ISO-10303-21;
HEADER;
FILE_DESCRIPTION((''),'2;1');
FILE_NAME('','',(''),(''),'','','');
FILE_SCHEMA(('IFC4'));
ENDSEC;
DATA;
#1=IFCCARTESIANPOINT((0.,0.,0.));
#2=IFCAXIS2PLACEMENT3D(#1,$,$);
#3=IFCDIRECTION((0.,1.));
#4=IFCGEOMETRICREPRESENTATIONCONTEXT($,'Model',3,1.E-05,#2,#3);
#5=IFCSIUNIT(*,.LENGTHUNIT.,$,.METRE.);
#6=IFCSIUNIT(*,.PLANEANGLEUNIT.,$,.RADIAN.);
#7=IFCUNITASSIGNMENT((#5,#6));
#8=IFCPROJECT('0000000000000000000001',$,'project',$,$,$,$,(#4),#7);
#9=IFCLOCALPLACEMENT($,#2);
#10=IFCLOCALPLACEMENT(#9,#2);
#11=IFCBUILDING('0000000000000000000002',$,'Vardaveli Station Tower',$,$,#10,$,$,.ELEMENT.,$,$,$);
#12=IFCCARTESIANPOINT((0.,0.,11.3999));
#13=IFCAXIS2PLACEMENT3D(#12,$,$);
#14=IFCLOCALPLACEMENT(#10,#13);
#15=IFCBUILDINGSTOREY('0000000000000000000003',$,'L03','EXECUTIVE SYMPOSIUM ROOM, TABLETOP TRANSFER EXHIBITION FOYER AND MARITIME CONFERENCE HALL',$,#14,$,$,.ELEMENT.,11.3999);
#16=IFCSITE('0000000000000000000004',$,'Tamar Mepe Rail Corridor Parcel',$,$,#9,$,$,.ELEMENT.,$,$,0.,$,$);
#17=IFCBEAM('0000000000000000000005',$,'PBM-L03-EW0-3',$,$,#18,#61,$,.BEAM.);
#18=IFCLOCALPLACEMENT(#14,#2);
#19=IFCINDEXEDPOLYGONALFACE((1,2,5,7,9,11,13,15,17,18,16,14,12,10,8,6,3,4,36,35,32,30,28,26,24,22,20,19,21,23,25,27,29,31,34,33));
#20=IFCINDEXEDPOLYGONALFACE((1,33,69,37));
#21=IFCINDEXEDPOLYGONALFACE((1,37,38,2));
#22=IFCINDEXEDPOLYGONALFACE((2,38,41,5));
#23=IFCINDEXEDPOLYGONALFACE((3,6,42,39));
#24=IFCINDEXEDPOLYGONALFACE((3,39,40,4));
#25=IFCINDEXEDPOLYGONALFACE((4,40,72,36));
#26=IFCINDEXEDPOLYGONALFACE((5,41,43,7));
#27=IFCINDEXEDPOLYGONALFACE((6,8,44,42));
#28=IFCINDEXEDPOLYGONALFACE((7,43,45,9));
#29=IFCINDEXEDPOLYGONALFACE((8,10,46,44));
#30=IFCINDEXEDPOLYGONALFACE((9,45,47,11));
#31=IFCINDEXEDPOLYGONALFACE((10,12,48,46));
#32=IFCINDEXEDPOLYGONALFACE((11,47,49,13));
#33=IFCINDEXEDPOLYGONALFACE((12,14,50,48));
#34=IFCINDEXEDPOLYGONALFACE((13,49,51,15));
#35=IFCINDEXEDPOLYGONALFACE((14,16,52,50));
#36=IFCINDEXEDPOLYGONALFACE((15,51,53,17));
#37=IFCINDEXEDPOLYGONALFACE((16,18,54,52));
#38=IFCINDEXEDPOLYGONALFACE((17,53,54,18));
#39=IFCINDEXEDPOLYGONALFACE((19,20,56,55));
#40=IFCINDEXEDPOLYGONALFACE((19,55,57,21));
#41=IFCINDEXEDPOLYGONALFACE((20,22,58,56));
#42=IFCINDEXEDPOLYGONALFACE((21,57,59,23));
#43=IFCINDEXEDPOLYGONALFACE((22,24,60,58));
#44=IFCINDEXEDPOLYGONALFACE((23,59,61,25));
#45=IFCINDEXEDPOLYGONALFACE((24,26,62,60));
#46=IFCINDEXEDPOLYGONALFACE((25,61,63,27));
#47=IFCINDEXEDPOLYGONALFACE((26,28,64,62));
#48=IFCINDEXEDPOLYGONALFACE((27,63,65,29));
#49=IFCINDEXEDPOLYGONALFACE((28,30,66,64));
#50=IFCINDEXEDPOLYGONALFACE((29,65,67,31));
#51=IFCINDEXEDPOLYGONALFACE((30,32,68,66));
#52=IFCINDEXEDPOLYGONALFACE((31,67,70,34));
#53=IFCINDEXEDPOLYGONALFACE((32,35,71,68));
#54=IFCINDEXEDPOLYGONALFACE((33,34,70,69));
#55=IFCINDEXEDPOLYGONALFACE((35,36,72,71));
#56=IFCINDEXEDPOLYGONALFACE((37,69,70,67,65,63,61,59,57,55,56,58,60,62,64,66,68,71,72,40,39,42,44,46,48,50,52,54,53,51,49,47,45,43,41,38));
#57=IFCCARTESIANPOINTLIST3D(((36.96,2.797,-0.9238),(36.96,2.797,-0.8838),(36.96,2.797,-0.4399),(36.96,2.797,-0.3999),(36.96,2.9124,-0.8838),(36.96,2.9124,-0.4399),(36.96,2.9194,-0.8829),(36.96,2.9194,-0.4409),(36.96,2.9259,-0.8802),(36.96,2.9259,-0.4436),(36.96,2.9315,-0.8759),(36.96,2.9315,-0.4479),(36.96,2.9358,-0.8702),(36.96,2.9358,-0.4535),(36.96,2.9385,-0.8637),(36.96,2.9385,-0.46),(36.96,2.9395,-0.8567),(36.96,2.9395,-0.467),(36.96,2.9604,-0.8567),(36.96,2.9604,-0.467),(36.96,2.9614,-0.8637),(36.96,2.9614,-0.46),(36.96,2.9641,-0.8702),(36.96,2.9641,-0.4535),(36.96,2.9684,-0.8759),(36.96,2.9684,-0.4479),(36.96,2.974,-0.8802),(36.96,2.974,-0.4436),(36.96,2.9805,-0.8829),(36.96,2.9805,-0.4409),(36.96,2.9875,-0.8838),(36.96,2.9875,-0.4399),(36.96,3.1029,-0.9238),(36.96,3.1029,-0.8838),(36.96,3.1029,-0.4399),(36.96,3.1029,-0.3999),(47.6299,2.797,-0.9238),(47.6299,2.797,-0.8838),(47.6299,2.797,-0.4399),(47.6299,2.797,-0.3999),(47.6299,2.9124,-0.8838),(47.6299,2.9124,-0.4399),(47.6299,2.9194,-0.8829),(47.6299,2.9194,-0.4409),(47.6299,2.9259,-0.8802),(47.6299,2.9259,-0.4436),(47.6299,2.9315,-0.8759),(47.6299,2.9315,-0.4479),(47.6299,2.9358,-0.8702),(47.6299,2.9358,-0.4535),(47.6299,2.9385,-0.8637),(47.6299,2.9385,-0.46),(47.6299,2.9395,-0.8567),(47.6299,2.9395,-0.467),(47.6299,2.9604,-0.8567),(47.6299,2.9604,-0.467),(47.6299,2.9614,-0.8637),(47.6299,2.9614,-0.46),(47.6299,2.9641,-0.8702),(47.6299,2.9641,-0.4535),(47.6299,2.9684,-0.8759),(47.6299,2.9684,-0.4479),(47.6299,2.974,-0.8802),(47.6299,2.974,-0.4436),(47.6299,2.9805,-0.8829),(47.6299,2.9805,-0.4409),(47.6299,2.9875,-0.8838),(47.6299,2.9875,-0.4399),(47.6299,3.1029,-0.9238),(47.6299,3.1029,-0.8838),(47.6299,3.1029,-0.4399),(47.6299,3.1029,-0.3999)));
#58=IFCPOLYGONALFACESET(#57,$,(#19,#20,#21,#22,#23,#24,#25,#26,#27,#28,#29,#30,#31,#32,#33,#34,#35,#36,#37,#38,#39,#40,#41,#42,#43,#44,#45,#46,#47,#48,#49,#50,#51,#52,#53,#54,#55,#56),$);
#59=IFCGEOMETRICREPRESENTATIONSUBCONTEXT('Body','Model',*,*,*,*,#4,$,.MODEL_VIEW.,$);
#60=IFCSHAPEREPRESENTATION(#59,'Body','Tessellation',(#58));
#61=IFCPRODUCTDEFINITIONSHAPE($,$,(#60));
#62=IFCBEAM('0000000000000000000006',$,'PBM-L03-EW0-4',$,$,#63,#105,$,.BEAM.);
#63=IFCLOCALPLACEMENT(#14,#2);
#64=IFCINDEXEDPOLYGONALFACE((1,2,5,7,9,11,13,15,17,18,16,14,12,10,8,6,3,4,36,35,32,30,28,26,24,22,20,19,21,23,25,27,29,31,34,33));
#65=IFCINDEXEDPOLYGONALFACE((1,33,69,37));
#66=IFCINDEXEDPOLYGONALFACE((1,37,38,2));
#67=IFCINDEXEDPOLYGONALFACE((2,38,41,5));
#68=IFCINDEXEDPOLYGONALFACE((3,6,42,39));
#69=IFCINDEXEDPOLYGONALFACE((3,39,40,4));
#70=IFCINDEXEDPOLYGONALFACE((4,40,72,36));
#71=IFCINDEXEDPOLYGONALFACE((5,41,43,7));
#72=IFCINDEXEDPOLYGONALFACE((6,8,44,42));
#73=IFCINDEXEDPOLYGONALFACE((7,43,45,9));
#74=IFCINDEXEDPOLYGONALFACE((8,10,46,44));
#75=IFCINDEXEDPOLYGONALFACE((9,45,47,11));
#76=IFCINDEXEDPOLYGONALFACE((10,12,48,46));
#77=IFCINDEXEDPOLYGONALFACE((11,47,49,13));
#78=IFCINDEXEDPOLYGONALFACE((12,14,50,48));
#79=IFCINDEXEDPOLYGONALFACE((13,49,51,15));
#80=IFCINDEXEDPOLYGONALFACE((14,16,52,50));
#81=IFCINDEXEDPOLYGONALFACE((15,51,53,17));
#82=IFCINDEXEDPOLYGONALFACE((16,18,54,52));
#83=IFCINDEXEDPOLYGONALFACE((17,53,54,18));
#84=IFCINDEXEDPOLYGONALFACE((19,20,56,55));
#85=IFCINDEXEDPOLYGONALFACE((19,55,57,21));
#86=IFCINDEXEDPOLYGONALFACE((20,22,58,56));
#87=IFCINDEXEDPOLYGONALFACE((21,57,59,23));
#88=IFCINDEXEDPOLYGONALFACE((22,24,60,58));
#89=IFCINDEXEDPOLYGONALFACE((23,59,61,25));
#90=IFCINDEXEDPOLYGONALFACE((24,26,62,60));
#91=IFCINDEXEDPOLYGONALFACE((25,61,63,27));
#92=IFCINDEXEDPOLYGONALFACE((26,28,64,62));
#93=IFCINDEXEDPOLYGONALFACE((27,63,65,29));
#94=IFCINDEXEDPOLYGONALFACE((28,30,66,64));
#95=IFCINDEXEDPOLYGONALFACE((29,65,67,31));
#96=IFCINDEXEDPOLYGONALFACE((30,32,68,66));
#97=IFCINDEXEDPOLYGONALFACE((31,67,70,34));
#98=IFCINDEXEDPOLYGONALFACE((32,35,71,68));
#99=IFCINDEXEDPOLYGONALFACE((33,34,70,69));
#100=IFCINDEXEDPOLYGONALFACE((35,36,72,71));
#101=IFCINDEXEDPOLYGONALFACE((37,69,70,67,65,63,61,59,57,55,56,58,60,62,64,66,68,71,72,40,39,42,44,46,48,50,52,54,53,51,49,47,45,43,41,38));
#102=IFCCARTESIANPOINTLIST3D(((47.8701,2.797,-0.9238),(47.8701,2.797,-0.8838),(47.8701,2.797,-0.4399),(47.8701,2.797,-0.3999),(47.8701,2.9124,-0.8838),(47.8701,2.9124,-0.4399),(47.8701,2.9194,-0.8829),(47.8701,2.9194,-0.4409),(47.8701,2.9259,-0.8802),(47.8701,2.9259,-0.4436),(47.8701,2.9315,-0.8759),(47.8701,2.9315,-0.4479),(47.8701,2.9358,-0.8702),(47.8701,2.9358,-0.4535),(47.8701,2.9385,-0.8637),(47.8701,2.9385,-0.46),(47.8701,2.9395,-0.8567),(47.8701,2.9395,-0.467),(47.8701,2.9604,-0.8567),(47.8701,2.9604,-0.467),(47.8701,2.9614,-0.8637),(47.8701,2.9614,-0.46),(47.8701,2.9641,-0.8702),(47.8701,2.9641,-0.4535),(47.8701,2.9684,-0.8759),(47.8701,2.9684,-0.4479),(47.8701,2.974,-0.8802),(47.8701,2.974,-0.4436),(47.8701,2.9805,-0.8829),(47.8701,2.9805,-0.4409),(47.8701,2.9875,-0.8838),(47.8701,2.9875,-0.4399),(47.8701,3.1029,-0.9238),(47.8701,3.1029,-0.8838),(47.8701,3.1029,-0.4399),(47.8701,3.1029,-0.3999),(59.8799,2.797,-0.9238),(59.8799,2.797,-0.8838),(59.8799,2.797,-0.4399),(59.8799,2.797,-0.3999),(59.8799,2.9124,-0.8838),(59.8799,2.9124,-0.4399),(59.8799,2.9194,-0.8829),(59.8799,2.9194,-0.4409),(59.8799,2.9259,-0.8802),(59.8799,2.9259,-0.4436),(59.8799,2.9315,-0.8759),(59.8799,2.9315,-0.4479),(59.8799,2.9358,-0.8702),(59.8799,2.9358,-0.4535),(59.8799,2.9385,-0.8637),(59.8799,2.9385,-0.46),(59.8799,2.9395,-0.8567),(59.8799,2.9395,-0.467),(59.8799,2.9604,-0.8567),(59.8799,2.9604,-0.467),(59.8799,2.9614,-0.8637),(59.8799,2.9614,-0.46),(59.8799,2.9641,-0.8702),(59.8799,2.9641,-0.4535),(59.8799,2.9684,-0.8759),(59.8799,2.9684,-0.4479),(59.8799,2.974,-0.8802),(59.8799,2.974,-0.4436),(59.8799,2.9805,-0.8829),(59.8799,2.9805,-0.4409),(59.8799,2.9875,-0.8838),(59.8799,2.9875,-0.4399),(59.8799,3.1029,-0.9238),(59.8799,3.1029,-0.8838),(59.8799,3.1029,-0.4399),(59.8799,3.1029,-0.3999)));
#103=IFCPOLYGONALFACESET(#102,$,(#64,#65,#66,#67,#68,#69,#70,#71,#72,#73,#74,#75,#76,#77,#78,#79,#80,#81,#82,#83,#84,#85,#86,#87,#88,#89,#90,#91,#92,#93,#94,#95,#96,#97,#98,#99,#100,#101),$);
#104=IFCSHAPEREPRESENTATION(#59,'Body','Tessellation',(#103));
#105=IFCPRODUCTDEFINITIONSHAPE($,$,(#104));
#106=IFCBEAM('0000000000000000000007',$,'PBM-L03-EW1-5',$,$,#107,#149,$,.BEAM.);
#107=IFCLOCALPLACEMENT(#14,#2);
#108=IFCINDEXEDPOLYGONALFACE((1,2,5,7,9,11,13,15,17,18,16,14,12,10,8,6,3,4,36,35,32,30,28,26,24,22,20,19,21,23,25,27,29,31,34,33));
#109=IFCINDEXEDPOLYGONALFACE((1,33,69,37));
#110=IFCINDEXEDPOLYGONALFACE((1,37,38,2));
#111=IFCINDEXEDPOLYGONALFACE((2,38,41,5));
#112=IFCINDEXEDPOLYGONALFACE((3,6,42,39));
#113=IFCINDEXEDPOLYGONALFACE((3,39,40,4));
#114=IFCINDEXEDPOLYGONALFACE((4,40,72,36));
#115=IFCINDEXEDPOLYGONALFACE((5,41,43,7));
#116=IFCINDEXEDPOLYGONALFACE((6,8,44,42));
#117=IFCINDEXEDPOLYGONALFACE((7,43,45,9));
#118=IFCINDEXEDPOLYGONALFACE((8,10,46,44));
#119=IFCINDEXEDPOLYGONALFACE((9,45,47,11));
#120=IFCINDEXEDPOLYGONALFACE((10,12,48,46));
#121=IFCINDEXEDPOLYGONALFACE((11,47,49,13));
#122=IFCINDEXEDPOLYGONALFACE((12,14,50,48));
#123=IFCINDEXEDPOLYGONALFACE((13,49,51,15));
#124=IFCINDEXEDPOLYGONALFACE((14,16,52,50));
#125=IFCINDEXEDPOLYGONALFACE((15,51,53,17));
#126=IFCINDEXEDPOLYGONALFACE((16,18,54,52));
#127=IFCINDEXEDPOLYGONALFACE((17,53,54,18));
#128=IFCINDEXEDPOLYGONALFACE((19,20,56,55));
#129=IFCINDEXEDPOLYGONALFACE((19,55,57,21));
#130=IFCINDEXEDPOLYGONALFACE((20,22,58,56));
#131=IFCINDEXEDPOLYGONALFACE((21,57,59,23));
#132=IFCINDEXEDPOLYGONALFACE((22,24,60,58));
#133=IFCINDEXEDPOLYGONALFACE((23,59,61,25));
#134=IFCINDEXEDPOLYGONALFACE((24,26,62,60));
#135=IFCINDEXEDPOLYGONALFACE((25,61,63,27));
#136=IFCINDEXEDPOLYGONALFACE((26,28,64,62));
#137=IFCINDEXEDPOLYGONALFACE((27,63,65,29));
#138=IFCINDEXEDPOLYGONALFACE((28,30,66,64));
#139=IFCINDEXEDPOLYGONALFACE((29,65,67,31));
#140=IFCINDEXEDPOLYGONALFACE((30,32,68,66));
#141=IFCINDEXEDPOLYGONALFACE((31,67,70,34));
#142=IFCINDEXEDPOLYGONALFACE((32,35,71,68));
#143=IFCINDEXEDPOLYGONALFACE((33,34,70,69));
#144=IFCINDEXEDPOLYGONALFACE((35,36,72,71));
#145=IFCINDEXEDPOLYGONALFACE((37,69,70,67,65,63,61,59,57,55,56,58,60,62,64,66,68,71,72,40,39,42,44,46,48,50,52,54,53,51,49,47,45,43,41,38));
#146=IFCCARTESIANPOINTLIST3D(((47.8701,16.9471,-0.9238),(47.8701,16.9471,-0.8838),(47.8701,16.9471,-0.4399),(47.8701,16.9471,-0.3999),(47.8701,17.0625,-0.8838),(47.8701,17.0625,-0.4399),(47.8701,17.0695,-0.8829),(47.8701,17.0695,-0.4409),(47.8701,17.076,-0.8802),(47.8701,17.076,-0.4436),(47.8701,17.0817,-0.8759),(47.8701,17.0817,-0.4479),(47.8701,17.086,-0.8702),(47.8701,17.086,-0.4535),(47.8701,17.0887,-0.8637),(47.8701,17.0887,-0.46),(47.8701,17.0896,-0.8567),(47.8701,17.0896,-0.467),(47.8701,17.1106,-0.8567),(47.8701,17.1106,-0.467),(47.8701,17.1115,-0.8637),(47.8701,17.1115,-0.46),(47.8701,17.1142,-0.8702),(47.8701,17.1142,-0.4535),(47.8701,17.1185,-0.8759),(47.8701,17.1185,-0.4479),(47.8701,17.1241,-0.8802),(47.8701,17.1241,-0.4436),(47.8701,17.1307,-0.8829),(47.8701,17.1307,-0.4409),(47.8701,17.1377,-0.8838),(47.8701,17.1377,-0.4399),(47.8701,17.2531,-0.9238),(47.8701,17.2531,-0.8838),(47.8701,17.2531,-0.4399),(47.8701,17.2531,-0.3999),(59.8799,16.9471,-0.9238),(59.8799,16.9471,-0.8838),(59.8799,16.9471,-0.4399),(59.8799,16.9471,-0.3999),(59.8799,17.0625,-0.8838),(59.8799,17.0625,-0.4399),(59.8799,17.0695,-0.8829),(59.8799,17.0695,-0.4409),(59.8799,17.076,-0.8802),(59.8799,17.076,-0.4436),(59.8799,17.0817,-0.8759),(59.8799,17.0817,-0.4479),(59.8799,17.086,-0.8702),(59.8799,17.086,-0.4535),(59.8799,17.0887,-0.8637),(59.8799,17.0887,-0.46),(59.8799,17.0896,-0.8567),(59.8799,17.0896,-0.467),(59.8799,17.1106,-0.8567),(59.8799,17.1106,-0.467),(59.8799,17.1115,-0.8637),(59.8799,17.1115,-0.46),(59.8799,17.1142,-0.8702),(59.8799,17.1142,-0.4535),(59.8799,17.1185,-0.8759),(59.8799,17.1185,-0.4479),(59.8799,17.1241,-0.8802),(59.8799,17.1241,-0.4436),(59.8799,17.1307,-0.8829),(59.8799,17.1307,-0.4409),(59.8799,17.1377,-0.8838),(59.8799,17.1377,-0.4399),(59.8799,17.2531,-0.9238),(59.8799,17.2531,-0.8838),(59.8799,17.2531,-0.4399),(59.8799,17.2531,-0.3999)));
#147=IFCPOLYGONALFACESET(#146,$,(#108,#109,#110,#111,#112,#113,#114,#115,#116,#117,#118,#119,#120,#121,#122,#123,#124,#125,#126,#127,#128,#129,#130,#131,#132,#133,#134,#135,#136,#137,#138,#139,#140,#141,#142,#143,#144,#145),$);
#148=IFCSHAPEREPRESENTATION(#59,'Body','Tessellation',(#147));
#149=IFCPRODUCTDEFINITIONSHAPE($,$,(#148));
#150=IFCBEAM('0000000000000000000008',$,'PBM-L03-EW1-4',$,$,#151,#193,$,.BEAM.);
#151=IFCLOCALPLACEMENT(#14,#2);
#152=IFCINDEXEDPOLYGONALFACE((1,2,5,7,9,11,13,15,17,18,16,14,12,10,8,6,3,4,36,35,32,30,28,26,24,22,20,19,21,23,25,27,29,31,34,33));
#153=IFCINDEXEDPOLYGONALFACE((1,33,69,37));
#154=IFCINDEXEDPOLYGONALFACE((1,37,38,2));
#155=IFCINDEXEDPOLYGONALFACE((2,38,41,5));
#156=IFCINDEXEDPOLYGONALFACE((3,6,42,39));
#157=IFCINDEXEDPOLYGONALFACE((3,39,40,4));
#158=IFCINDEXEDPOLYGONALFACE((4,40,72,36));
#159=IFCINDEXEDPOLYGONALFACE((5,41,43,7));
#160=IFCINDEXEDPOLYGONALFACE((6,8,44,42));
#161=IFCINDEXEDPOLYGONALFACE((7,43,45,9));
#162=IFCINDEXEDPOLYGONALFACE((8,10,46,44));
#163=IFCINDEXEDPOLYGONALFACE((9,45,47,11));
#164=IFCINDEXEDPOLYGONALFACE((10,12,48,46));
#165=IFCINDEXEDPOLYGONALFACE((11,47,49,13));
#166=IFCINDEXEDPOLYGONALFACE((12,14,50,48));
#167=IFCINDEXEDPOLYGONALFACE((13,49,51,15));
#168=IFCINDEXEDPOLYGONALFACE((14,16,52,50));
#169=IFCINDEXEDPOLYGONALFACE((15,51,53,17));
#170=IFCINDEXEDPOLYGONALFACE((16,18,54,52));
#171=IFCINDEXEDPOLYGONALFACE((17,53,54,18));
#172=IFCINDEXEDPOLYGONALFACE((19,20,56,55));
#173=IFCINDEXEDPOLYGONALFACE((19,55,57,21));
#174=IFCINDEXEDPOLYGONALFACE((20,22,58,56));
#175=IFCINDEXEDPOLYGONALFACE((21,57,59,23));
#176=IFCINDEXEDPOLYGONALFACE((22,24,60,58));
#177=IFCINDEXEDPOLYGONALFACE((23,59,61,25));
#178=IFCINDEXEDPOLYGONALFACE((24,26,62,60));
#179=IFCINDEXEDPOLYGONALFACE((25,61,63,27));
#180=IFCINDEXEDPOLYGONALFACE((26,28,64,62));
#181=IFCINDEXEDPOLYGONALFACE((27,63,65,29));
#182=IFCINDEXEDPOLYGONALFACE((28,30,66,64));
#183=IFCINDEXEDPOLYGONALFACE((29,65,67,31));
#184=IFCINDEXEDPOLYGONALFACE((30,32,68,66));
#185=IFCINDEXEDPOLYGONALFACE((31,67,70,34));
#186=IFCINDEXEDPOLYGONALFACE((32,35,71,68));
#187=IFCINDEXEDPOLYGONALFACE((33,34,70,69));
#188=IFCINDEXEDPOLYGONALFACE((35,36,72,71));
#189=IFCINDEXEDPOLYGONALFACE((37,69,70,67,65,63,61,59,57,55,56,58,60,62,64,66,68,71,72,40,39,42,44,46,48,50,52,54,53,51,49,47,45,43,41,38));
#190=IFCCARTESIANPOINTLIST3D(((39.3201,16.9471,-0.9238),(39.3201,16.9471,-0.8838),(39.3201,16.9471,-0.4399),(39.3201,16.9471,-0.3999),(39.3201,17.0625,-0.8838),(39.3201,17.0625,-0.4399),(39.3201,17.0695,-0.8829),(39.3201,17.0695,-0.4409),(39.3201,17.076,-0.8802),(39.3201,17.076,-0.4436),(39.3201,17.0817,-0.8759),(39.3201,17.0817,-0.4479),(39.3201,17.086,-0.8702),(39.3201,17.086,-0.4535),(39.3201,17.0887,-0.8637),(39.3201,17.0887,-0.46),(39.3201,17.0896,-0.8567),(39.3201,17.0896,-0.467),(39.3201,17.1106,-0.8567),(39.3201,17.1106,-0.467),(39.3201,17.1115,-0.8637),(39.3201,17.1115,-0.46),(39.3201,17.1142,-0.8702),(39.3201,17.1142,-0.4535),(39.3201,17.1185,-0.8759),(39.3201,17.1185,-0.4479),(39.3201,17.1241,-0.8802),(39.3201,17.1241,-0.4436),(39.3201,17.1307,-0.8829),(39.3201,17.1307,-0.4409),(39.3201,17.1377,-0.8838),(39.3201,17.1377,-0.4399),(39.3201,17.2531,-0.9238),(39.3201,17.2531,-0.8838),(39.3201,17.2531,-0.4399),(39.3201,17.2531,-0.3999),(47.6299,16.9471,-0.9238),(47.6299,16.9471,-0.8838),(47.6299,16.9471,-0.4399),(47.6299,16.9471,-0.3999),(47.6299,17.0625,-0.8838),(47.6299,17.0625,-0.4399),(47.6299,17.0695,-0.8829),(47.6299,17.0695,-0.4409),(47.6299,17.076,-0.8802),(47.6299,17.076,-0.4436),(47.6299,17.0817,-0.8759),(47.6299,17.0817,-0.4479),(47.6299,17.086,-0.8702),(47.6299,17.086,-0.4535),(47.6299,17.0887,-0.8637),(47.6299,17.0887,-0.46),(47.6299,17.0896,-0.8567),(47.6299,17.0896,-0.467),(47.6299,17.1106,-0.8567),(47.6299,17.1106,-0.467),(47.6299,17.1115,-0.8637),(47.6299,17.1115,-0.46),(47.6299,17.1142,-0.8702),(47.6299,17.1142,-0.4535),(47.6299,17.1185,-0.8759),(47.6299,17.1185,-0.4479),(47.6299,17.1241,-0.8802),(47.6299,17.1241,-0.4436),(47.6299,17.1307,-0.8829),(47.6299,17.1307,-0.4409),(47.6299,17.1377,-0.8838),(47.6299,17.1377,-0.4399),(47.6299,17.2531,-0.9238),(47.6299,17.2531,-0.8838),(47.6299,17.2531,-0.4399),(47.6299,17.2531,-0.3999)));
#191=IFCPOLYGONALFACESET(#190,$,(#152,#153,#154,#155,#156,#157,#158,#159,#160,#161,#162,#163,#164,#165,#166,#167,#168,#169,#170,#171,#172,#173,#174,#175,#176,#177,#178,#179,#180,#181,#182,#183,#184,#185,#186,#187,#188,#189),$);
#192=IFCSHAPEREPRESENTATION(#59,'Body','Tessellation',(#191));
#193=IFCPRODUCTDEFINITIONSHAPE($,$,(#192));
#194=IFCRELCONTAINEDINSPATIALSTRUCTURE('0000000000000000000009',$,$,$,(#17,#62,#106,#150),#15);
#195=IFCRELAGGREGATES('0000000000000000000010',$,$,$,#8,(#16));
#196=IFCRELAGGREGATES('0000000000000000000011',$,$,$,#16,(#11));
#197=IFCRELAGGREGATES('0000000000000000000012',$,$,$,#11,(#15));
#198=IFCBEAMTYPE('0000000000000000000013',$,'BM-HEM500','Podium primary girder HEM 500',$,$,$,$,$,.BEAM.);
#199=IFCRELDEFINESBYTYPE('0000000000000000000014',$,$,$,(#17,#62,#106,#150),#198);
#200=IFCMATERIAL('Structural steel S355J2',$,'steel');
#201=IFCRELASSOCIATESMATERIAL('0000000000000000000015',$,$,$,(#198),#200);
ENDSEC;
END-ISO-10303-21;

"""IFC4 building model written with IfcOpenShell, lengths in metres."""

from ifc_helpers import new_model, si_unit, direction, frame, origin, origin_2d, place, context, subcontext, project, spatial, i_section, extrude, source, transform, mapped, material, material_profile, profile_set, type_object, element, save


model = new_model("IFC4")

# Units and contexts
model_context = context("Model", 3, precision=1e-05, world=origin(), true_north=direction((0.0, 1.0)))
body_context = subcontext(model_context, "Body", "Model", "MODEL_VIEW")
ifc_project = project(units=[si_unit("LENGTHUNIT", "METRE"), si_unit("PLANEANGLEUNIT", "RADIAN")], contexts=[model_context])

# Site, building, storey
site_placement = place(None, origin())
site = spatial("IfcSite", under=ifc_project, at=site_placement, Name="Tamar Mepe Rail Corridor Parcel", CompositionType="ELEMENT", RefElevation=0.0)
building_placement = place(site_placement, origin())
building = spatial("IfcBuilding", under=site, at=building_placement, Name="Vardaveli Station Tower", CompositionType="ELEMENT")
storey_placement = place(building_placement, frame((0.0, 0.0, 11.3999)))
storey = spatial("IfcBuildingStorey", under=building, at=storey_placement, Name="L03", Description="EXECUTIVE SYMPOSIUM ROOM, TABLETOP TRANSFER EXHIBITION FOYER AND MARITIME CONFERENCE HALL", CompositionType="ELEMENT", Elevation=11.3999)

# Beams
ifc_material_1 = material(Name="Structural steel S355J2", Category="steel")
ifc_material_profile_1 = material_profile(ifc_material_1, i_section(OverallWidth=0.3059, OverallDepth=0.5239, WebThickness=0.021, FlangeThickness=0.04, FilletRadius=0.0271, at=origin_2d()), Name="HEM 500")
ifc_profile_set_1 = profile_set([ifc_material_profile_1], Name="Structural steel S355J2")
beam_type_1 = type_object("IfcBeamType", Name="BM-HEM500", Description="Podium primary girder HEM 500", PredefinedType="BEAM", material=ifc_profile_set_1)
shared_shape_1 = source(origin(), body_context, "Body", "SweptSolid", [
    extrude(i_section(OverallWidth=0.3059, OverallDepth=0.5239, WebThickness=0.021, FlangeThickness=0.04, FilletRadius=0.0271, at=origin_2d()), origin(), (0.0, 0.0, 1.0), 10.6699),
])
beam_1_placement = place(storey_placement, frame((36.96, 2.95, -0.6619), z_axis=(1.0, 0.0, 0.0), x_axis=(0.0, 1.0, 0.0)))
element("IfcBeam", 1, at=beam_1_placement, inside=storey, type_object=beam_type_1, Name="PBM-L03-EW0-3", PredefinedType="BEAM", context=body_context, shape_type="MappedRepresentation", body=[
    mapped(shared_shape_1, transform((0.0, 0.0, 0.0), scale=1.0)),
])
shared_shape_2 = source(origin(), body_context, "Body", "SweptSolid", [
    extrude(i_section(OverallWidth=0.3059, OverallDepth=0.5239, WebThickness=0.021, FlangeThickness=0.04, FilletRadius=0.0271, at=origin_2d()), origin(), (0.0, 0.0, 1.0), 12.0098),
])
for number, where, z_axis, x_axis, name in (
    (2, (47.8701, 2.95, -0.6619), (1.0, 0.0, 0.0), (0.0, 1.0, 0.0), "PBM-L03-EW0-4"),
    (3, (47.8701, 17.1001, -0.6619), (1.0, 0.0, 0.0), (0.0, 1.0, 0.0), "PBM-L03-EW1-5"),
):
    element("IfcBeam", number, at=place(storey_placement, frame(where, z_axis=z_axis, x_axis=x_axis)), inside=storey, type_object=beam_type_1, Name=name, PredefinedType="BEAM", context=body_context, shape_type="MappedRepresentation", body=[
        mapped(shared_shape_2, transform((0.0, 0.0, 0.0), scale=1.0)),
    ])
shared_shape_3 = source(origin(), body_context, "Body", "SweptSolid", [
    extrude(i_section(OverallWidth=0.3059, OverallDepth=0.5239, WebThickness=0.021, FlangeThickness=0.04, FilletRadius=0.0271, at=origin_2d()), origin(), (0.0, 0.0, 1.0), 8.3098),
])
beam_2_placement = place(storey_placement, frame((39.3201, 17.1001, -0.6619), z_axis=(1.0, 0.0, 0.0), x_axis=(0.0, 1.0, 0.0)))
element("IfcBeam", 4, at=beam_2_placement, inside=storey, type_object=beam_type_1, Name="PBM-L03-EW1-4", PredefinedType="BEAM", context=body_context, shape_type="MappedRepresentation", body=[
    mapped(shared_shape_3, transform((0.0, 0.0, 0.0), scale=1.0)),
])

save(model, "model.ifc")
